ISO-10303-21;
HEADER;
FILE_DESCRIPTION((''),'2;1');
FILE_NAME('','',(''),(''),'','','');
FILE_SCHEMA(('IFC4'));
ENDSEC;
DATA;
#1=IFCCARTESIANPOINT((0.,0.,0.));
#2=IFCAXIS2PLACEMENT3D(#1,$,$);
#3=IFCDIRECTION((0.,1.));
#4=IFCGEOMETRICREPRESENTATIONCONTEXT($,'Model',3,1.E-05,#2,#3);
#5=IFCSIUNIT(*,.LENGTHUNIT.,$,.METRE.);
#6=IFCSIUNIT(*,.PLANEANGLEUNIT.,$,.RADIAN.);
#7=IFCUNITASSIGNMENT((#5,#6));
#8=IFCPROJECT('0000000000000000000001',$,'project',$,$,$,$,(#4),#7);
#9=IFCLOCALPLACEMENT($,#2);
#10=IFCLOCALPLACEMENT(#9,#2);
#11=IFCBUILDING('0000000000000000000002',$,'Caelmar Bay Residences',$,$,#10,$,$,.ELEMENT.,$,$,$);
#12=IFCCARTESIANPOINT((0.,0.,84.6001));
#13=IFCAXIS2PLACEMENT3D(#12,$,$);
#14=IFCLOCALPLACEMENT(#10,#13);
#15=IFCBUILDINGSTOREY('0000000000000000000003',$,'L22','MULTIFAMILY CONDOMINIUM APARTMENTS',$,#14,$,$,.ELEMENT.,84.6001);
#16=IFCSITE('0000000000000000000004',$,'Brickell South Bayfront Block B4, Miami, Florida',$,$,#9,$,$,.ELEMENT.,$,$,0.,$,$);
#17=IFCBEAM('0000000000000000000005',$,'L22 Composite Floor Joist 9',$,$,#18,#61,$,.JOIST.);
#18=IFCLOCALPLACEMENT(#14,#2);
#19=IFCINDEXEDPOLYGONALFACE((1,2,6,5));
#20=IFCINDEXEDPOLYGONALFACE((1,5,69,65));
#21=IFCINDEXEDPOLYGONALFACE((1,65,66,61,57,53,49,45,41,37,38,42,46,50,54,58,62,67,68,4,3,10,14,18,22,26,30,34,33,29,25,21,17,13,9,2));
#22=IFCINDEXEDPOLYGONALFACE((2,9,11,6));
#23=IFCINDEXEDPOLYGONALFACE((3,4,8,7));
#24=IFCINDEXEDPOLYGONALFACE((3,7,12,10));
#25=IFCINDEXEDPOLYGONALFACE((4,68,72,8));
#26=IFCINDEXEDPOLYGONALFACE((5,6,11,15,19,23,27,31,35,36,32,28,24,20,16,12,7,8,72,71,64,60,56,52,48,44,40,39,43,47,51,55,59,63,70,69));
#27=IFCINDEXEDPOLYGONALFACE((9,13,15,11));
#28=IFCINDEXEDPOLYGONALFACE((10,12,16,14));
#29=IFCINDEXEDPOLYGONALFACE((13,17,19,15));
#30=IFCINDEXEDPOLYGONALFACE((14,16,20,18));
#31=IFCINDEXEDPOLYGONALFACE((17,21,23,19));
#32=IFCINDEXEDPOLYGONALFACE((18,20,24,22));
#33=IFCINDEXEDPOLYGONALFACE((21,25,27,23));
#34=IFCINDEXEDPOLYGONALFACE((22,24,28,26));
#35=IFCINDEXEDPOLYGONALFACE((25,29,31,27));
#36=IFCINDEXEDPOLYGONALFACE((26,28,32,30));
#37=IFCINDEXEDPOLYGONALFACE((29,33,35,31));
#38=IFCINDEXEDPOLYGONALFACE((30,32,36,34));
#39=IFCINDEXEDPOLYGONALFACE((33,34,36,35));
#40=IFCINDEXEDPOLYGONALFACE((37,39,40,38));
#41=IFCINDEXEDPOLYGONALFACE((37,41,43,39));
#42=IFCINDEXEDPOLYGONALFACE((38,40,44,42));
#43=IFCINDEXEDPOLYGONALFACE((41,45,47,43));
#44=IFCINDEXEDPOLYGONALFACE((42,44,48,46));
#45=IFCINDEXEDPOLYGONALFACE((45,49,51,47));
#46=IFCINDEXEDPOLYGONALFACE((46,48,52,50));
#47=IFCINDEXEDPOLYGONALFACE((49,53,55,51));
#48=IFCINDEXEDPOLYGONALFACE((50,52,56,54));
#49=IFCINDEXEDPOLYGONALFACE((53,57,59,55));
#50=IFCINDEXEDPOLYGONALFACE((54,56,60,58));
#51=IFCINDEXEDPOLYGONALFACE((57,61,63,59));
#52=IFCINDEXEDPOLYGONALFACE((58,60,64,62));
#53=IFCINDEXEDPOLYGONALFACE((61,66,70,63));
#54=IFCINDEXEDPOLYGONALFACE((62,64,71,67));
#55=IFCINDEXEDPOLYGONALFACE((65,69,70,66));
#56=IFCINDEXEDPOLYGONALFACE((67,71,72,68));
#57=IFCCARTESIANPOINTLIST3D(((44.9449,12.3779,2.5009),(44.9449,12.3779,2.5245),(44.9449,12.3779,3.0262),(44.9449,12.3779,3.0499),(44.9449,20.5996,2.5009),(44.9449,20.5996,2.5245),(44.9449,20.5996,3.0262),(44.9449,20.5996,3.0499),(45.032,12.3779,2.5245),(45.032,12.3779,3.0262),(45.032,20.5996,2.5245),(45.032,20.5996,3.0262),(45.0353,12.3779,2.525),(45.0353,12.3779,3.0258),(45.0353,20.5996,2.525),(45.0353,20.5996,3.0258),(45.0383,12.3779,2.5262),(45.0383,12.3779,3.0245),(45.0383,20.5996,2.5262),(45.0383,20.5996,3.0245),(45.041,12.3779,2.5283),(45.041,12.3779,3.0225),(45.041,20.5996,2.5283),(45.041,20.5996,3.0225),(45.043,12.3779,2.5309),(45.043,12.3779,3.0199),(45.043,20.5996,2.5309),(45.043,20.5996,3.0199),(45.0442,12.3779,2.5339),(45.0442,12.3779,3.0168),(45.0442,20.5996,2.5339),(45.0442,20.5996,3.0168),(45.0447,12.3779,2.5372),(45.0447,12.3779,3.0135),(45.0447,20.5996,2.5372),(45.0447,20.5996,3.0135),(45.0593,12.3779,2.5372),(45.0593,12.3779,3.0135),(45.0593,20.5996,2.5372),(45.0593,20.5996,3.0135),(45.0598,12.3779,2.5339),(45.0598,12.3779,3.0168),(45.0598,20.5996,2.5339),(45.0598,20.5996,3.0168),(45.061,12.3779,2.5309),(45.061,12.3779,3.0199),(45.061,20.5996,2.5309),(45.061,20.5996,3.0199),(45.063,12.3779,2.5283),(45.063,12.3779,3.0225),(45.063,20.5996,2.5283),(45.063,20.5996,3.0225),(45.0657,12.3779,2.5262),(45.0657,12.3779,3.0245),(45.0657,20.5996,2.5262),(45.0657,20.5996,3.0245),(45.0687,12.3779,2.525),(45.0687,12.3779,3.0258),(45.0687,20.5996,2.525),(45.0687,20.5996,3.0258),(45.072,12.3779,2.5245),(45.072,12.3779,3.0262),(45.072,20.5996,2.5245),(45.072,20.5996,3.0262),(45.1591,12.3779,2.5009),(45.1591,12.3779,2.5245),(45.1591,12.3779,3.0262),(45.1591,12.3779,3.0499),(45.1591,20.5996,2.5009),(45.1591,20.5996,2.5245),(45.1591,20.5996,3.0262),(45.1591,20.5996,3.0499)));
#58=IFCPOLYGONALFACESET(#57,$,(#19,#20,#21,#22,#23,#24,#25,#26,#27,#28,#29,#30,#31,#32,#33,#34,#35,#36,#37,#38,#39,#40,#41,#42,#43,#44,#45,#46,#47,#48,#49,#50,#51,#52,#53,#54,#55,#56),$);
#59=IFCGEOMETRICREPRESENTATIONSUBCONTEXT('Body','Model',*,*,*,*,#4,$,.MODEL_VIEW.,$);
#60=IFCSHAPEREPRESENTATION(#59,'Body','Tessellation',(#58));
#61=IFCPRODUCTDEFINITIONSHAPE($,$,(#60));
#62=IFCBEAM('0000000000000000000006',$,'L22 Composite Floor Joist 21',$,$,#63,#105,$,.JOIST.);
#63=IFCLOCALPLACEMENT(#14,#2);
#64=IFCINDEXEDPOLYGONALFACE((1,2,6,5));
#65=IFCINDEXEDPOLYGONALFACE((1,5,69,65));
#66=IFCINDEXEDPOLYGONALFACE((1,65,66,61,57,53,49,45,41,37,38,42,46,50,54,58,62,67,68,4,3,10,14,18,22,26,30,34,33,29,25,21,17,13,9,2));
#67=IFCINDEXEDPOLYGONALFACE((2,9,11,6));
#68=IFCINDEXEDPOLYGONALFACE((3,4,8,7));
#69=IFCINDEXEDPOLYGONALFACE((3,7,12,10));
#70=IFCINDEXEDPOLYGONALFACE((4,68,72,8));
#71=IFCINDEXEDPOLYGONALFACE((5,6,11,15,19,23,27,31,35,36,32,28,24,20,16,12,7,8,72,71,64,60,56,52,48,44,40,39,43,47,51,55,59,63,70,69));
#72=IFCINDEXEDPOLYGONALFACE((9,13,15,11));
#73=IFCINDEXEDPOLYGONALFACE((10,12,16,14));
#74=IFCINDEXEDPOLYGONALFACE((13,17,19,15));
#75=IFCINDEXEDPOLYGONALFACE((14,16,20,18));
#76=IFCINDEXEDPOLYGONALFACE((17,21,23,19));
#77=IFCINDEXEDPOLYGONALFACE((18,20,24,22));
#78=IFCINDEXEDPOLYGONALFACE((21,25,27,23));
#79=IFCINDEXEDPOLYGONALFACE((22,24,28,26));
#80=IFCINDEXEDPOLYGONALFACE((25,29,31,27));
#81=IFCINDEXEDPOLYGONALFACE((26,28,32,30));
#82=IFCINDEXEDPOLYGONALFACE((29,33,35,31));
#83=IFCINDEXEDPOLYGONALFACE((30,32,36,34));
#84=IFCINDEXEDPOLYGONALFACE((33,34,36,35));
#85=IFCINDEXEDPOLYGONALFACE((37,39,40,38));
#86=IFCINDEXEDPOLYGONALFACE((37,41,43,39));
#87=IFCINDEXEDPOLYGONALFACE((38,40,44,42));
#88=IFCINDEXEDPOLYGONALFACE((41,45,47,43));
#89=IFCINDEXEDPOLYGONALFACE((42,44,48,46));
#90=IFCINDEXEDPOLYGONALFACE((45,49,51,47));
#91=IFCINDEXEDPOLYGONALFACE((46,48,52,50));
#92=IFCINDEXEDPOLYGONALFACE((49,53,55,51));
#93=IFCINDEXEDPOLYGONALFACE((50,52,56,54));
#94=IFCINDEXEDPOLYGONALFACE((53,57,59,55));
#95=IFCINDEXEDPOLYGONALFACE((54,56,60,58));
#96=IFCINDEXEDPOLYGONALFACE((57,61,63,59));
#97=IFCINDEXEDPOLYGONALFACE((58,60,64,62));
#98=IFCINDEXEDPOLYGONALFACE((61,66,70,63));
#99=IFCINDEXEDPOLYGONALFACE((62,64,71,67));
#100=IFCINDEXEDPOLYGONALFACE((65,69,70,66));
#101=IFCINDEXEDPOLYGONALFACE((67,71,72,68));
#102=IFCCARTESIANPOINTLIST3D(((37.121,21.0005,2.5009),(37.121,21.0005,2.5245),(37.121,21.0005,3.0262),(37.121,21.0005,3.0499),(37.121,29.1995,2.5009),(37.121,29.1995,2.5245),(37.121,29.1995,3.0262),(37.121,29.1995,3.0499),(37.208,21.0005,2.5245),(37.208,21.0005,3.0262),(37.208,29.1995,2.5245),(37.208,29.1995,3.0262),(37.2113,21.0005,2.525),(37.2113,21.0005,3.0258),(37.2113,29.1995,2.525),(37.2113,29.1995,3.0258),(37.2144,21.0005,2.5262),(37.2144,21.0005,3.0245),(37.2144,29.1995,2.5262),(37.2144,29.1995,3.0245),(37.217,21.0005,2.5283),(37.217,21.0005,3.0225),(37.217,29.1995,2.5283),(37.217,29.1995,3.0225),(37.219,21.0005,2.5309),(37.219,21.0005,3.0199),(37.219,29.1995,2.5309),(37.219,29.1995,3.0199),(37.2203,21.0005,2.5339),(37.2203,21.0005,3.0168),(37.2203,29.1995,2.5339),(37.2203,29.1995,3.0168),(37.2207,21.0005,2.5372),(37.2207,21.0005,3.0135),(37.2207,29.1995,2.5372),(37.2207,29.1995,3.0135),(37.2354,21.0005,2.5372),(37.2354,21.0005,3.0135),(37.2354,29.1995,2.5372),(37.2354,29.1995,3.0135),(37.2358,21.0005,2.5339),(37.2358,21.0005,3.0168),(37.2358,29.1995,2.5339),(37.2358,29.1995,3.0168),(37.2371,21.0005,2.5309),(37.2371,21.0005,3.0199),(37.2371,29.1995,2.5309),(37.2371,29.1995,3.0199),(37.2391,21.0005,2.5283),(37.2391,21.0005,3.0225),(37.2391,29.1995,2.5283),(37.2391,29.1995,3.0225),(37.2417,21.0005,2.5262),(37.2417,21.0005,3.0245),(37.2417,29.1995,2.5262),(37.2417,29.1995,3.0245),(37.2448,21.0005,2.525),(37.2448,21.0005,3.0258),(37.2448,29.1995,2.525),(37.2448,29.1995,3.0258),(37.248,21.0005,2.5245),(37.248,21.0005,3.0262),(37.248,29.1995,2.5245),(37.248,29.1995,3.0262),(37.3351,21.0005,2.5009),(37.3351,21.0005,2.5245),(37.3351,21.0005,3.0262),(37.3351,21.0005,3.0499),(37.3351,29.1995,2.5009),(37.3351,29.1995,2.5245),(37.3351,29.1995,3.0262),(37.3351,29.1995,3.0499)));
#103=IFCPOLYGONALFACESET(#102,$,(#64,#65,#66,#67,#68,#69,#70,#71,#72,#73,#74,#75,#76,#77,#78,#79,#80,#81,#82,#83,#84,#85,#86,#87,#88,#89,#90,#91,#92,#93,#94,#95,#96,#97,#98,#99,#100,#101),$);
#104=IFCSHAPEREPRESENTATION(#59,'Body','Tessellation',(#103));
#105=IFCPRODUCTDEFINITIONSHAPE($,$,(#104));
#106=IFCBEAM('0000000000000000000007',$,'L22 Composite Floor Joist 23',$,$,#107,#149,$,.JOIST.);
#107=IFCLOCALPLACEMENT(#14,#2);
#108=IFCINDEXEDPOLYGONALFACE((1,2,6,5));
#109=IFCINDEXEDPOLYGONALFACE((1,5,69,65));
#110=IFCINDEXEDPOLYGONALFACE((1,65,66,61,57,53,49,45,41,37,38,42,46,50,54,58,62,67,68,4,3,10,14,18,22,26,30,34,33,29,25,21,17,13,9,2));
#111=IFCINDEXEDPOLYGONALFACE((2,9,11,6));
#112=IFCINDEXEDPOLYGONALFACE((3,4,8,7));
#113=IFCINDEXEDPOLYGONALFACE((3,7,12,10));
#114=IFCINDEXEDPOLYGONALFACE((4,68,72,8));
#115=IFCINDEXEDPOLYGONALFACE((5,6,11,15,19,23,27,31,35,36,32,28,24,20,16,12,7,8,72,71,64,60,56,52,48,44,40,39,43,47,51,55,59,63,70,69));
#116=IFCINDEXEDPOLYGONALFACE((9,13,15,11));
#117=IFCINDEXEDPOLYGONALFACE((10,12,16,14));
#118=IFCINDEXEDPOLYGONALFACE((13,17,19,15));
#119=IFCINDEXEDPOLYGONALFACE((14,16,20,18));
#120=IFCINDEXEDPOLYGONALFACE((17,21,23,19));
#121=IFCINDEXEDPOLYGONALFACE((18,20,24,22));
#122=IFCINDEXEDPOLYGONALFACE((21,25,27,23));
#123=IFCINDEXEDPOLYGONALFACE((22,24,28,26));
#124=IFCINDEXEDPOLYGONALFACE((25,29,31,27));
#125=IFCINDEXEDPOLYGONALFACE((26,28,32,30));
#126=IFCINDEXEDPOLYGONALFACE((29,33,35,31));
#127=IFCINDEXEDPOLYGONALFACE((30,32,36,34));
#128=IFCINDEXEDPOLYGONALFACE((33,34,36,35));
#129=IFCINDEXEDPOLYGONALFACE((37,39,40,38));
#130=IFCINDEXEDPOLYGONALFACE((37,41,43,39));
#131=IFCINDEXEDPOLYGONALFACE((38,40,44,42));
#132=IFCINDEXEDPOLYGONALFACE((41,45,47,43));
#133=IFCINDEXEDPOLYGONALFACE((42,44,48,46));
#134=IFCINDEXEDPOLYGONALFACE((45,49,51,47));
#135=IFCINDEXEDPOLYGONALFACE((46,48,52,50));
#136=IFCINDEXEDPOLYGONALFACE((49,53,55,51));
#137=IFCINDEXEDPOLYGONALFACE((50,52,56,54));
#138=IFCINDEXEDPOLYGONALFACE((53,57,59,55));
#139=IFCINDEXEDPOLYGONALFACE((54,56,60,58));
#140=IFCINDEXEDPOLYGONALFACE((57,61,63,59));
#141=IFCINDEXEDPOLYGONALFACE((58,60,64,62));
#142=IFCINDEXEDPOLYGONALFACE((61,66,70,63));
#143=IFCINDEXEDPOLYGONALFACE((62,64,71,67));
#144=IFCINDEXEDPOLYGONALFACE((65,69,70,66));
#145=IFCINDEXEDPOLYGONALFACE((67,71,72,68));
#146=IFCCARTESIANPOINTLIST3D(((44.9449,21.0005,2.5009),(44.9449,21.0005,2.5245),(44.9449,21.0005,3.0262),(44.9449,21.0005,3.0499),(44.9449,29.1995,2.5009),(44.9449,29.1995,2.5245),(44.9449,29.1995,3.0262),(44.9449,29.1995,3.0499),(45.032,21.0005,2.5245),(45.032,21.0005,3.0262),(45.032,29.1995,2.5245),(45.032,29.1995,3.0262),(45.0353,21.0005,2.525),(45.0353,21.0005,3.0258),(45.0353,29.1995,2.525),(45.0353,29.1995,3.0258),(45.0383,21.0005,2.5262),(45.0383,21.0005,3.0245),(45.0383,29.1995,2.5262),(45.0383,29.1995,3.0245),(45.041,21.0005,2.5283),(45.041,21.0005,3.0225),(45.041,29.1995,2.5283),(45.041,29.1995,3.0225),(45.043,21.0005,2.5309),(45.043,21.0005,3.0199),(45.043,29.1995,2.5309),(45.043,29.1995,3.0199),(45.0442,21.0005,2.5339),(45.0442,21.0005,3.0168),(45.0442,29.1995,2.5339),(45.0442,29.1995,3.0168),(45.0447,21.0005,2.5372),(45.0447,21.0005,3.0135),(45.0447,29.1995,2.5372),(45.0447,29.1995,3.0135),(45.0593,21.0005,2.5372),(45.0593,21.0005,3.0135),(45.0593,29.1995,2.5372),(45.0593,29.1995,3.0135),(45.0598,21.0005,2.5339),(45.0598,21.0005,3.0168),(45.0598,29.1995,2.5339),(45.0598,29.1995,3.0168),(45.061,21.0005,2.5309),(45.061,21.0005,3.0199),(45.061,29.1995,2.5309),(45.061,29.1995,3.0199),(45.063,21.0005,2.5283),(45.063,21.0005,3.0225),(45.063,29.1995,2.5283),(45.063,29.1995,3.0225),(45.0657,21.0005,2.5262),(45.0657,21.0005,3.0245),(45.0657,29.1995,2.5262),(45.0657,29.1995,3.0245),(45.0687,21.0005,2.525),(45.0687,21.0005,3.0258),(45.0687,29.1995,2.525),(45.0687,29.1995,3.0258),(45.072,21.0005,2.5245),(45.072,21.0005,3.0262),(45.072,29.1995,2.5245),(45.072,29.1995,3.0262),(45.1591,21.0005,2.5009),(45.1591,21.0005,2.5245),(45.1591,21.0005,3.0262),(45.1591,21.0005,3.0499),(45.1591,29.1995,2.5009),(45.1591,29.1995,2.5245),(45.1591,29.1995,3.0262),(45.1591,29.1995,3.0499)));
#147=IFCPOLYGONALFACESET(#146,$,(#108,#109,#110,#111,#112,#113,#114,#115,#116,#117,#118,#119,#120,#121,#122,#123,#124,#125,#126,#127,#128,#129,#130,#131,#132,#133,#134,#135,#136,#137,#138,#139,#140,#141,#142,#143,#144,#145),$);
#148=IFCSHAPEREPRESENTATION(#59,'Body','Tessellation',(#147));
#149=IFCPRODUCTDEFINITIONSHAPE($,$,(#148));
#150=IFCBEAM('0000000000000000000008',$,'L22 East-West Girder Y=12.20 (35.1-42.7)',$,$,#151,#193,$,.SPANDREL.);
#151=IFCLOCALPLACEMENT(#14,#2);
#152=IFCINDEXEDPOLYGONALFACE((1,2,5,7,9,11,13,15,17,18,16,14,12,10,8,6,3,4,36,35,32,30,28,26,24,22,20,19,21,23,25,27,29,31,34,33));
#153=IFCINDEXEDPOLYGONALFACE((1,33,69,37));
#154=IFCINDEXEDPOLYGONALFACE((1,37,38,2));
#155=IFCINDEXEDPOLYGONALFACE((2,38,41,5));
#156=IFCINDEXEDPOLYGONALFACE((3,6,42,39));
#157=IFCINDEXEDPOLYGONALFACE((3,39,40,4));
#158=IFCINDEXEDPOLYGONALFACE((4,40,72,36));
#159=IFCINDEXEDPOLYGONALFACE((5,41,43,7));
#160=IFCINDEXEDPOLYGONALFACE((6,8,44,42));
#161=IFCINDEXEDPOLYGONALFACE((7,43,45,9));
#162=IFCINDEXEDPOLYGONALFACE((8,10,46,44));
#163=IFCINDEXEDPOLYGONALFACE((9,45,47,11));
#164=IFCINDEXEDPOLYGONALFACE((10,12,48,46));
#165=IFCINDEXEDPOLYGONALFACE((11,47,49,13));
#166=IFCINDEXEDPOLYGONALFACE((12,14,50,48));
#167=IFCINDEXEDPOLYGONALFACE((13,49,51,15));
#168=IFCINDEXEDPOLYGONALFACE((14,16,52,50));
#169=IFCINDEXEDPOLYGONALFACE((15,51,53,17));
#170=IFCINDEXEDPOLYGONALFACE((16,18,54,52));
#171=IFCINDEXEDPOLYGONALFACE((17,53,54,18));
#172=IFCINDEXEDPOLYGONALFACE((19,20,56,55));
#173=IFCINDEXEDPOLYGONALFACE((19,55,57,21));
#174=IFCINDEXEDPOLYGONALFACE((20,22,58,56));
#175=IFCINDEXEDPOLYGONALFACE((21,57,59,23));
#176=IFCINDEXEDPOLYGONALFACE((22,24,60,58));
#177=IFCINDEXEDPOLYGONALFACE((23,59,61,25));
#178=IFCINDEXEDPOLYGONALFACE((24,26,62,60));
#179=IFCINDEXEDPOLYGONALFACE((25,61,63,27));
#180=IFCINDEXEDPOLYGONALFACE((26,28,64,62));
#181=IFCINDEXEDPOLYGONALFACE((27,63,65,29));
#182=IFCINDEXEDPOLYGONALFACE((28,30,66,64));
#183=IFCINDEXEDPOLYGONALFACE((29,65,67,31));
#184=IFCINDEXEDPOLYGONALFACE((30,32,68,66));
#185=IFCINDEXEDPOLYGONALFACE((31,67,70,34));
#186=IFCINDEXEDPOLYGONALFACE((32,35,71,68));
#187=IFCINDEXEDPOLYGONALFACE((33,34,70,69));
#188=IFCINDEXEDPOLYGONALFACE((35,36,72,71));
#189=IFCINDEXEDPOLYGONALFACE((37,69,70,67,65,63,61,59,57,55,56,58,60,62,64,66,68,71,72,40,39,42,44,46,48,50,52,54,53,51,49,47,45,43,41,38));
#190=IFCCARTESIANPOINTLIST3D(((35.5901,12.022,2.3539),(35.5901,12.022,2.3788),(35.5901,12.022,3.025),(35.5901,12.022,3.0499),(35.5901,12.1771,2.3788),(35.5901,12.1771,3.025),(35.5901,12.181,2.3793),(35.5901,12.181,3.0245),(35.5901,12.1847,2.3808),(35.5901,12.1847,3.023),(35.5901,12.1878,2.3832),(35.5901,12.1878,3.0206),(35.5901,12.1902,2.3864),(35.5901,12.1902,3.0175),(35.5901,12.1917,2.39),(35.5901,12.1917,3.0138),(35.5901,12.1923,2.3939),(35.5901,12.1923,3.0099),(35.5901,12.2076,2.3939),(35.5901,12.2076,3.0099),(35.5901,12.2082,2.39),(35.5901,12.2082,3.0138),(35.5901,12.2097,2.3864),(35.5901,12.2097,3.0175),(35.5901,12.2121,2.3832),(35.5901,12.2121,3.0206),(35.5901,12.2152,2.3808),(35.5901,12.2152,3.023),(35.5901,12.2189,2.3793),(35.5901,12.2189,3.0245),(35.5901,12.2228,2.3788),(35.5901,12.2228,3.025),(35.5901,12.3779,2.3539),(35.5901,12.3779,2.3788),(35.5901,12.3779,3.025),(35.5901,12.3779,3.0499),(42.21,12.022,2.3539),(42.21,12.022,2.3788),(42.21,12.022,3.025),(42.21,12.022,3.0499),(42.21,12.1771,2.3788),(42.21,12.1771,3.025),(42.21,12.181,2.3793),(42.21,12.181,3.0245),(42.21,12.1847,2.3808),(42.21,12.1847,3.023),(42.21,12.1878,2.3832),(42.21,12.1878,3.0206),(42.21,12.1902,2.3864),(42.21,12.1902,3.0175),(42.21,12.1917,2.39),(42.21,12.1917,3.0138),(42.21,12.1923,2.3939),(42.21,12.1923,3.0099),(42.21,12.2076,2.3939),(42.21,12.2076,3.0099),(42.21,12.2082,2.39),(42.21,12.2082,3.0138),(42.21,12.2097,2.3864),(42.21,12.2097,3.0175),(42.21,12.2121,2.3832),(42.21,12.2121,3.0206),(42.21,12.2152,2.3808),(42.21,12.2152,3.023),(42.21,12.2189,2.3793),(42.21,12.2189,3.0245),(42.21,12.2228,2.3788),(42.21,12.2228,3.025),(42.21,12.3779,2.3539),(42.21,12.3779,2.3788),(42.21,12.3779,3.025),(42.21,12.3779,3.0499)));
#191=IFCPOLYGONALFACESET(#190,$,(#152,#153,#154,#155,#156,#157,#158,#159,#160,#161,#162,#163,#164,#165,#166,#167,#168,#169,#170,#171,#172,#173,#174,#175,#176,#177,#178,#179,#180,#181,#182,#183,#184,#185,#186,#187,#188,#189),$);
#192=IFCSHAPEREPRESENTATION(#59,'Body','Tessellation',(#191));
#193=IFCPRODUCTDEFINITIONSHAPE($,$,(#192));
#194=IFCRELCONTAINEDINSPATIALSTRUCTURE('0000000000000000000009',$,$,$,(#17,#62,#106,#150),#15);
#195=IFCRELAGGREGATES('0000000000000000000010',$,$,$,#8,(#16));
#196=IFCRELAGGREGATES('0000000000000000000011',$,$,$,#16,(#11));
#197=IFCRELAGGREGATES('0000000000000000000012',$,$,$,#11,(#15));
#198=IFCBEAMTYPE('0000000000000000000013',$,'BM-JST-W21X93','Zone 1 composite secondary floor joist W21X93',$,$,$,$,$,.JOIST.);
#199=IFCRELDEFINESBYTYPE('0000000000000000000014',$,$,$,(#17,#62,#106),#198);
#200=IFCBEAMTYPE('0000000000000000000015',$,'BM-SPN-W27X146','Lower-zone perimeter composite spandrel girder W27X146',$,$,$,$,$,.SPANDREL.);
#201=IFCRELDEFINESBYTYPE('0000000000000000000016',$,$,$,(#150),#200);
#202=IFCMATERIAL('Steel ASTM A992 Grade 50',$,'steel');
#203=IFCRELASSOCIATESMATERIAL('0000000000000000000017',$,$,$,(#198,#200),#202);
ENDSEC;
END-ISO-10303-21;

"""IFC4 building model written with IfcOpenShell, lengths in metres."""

from ifc_helpers import new_model, si_unit, direction, frame, origin, origin_2d, place, context, subcontext, project, spatial, i_section, extrude, material, material_profile, profile_set, type_object, element, save


model = new_model("IFC4")

# Units and contexts
model_context = context("Model", 3, precision=1e-05, world=origin(), true_north=direction((0.0, 1.0)))
body_context = subcontext(model_context, "Body", "Model", "MODEL_VIEW")
ifc_project = project(units=[si_unit("LENGTHUNIT", "METRE"), si_unit("PLANEANGLEUNIT", "RADIAN")], contexts=[model_context])

# Site, building, storey
site_placement = place(None, origin())
site = spatial("IfcSite", under=ifc_project, at=site_placement, Name="Brickell South Bayfront Block B4, Miami, Florida", CompositionType="ELEMENT", RefElevation=0.0)
building_placement = place(site_placement, origin())
building = spatial("IfcBuilding", under=site, at=building_placement, Name="Caelmar Bay Residences", CompositionType="ELEMENT")
storey_placement = place(building_placement, frame((0.0, 0.0, 84.6001)))
storey = spatial("IfcBuildingStorey", under=building, at=storey_placement, Name="L22", Description="MULTIFAMILY CONDOMINIUM APARTMENTS", CompositionType="ELEMENT", Elevation=84.6001)

# Beams
ifc_material_1 = material(Name="Steel ASTM A992 Grade 50", Category="steel")
ifc_material_profile_1 = material_profile(ifc_material_1, i_section(OverallWidth=0.2141, OverallDepth=0.5491, WebThickness=0.0146, FlangeThickness=0.0237, FilletRadius=0.0127, at=origin_2d()), Name="W21X93")
ifc_profile_set_1 = profile_set([ifc_material_profile_1], Name="Steel ASTM A992 Grade 50")
beam_type_1 = type_object("IfcBeamType", Name="BM-JST-W21X93", Description="Zone 1 composite secondary floor joist W21X93", PredefinedType="JOIST", material=ifc_profile_set_1)
for number, where, z_axis, x_axis, name in (
    (1, (45.052, 12.3779, 2.7754), (0.0, 1.0, 0.0), (-1.0, 0.0, 0.0), "L22 Composite Floor Joist 9"),
):
    element("IfcBeam", number, at=place(storey_placement, frame(where, z_axis=z_axis, x_axis=x_axis)), inside=storey, type_object=beam_type_1, Name=name, PredefinedType="JOIST", context=body_context, shape_type="SweptSolid", body=[
        extrude(i_section(OverallWidth=0.2141, OverallDepth=0.5491, WebThickness=0.0146, FlangeThickness=0.0237, FilletRadius=0.0127, at=origin_2d()), origin(), (0.0, 0.0, 1.0), 8.2217),
    ])
for number, where, z_axis, x_axis, name in (
    (2, (37.228, 21.0005, 2.7754), (0.0, 1.0, 0.0), (-1.0, 0.0, 0.0), "L22 Composite Floor Joist 21"),
    (3, (45.052, 21.0005, 2.7754), (0.0, 1.0, 0.0), (-1.0, 0.0, 0.0), "L22 Composite Floor Joist 23"),
):
    element("IfcBeam", number, at=place(storey_placement, frame(where, z_axis=z_axis, x_axis=x_axis)), inside=storey, type_object=beam_type_1, Name=name, PredefinedType="JOIST", context=body_context, shape_type="SweptSolid", body=[
        extrude(i_section(OverallWidth=0.2141, OverallDepth=0.5491, WebThickness=0.0146, FlangeThickness=0.0237, FilletRadius=0.0127, at=origin_2d()), origin(), (0.0, 0.0, 1.0), 8.199),
    ])
ifc_material_profile_2 = material_profile(ifc_material_1, i_section(OverallWidth=0.356, OverallDepth=0.696, WebThickness=0.0154, FlangeThickness=0.0249, FilletRadius=0.0151, at=origin_2d()), Name="W27X146")
ifc_profile_set_2 = profile_set([ifc_material_profile_2], Name="Steel ASTM A992 Grade 50")
beam_type_2 = type_object("IfcBeamType", Name="BM-SPN-W27X146", Description="Lower-zone perimeter composite spandrel girder W27X146", PredefinedType="SPANDREL", material=ifc_profile_set_2)
beam_1_placement = place(storey_placement, frame((35.5901, 12.2, 2.7019), z_axis=(1.0, 0.0, 0.0), x_axis=(0.0, 1.0, 0.0)))
element("IfcBeam", 4, at=beam_1_placement, inside=storey, type_object=beam_type_2, Name="L22 East-West Girder Y=12.20 (35.1-42.7)", PredefinedType="SPANDREL", context=body_context, shape_type="SweptSolid", body=[
    extrude(i_section(OverallWidth=0.356, OverallDepth=0.696, WebThickness=0.0154, FlangeThickness=0.0249, FilletRadius=0.0151, at=origin_2d()), origin(), (0.0, 0.0, 1.0), 6.6199),
])

save(model, "model.ifc")
